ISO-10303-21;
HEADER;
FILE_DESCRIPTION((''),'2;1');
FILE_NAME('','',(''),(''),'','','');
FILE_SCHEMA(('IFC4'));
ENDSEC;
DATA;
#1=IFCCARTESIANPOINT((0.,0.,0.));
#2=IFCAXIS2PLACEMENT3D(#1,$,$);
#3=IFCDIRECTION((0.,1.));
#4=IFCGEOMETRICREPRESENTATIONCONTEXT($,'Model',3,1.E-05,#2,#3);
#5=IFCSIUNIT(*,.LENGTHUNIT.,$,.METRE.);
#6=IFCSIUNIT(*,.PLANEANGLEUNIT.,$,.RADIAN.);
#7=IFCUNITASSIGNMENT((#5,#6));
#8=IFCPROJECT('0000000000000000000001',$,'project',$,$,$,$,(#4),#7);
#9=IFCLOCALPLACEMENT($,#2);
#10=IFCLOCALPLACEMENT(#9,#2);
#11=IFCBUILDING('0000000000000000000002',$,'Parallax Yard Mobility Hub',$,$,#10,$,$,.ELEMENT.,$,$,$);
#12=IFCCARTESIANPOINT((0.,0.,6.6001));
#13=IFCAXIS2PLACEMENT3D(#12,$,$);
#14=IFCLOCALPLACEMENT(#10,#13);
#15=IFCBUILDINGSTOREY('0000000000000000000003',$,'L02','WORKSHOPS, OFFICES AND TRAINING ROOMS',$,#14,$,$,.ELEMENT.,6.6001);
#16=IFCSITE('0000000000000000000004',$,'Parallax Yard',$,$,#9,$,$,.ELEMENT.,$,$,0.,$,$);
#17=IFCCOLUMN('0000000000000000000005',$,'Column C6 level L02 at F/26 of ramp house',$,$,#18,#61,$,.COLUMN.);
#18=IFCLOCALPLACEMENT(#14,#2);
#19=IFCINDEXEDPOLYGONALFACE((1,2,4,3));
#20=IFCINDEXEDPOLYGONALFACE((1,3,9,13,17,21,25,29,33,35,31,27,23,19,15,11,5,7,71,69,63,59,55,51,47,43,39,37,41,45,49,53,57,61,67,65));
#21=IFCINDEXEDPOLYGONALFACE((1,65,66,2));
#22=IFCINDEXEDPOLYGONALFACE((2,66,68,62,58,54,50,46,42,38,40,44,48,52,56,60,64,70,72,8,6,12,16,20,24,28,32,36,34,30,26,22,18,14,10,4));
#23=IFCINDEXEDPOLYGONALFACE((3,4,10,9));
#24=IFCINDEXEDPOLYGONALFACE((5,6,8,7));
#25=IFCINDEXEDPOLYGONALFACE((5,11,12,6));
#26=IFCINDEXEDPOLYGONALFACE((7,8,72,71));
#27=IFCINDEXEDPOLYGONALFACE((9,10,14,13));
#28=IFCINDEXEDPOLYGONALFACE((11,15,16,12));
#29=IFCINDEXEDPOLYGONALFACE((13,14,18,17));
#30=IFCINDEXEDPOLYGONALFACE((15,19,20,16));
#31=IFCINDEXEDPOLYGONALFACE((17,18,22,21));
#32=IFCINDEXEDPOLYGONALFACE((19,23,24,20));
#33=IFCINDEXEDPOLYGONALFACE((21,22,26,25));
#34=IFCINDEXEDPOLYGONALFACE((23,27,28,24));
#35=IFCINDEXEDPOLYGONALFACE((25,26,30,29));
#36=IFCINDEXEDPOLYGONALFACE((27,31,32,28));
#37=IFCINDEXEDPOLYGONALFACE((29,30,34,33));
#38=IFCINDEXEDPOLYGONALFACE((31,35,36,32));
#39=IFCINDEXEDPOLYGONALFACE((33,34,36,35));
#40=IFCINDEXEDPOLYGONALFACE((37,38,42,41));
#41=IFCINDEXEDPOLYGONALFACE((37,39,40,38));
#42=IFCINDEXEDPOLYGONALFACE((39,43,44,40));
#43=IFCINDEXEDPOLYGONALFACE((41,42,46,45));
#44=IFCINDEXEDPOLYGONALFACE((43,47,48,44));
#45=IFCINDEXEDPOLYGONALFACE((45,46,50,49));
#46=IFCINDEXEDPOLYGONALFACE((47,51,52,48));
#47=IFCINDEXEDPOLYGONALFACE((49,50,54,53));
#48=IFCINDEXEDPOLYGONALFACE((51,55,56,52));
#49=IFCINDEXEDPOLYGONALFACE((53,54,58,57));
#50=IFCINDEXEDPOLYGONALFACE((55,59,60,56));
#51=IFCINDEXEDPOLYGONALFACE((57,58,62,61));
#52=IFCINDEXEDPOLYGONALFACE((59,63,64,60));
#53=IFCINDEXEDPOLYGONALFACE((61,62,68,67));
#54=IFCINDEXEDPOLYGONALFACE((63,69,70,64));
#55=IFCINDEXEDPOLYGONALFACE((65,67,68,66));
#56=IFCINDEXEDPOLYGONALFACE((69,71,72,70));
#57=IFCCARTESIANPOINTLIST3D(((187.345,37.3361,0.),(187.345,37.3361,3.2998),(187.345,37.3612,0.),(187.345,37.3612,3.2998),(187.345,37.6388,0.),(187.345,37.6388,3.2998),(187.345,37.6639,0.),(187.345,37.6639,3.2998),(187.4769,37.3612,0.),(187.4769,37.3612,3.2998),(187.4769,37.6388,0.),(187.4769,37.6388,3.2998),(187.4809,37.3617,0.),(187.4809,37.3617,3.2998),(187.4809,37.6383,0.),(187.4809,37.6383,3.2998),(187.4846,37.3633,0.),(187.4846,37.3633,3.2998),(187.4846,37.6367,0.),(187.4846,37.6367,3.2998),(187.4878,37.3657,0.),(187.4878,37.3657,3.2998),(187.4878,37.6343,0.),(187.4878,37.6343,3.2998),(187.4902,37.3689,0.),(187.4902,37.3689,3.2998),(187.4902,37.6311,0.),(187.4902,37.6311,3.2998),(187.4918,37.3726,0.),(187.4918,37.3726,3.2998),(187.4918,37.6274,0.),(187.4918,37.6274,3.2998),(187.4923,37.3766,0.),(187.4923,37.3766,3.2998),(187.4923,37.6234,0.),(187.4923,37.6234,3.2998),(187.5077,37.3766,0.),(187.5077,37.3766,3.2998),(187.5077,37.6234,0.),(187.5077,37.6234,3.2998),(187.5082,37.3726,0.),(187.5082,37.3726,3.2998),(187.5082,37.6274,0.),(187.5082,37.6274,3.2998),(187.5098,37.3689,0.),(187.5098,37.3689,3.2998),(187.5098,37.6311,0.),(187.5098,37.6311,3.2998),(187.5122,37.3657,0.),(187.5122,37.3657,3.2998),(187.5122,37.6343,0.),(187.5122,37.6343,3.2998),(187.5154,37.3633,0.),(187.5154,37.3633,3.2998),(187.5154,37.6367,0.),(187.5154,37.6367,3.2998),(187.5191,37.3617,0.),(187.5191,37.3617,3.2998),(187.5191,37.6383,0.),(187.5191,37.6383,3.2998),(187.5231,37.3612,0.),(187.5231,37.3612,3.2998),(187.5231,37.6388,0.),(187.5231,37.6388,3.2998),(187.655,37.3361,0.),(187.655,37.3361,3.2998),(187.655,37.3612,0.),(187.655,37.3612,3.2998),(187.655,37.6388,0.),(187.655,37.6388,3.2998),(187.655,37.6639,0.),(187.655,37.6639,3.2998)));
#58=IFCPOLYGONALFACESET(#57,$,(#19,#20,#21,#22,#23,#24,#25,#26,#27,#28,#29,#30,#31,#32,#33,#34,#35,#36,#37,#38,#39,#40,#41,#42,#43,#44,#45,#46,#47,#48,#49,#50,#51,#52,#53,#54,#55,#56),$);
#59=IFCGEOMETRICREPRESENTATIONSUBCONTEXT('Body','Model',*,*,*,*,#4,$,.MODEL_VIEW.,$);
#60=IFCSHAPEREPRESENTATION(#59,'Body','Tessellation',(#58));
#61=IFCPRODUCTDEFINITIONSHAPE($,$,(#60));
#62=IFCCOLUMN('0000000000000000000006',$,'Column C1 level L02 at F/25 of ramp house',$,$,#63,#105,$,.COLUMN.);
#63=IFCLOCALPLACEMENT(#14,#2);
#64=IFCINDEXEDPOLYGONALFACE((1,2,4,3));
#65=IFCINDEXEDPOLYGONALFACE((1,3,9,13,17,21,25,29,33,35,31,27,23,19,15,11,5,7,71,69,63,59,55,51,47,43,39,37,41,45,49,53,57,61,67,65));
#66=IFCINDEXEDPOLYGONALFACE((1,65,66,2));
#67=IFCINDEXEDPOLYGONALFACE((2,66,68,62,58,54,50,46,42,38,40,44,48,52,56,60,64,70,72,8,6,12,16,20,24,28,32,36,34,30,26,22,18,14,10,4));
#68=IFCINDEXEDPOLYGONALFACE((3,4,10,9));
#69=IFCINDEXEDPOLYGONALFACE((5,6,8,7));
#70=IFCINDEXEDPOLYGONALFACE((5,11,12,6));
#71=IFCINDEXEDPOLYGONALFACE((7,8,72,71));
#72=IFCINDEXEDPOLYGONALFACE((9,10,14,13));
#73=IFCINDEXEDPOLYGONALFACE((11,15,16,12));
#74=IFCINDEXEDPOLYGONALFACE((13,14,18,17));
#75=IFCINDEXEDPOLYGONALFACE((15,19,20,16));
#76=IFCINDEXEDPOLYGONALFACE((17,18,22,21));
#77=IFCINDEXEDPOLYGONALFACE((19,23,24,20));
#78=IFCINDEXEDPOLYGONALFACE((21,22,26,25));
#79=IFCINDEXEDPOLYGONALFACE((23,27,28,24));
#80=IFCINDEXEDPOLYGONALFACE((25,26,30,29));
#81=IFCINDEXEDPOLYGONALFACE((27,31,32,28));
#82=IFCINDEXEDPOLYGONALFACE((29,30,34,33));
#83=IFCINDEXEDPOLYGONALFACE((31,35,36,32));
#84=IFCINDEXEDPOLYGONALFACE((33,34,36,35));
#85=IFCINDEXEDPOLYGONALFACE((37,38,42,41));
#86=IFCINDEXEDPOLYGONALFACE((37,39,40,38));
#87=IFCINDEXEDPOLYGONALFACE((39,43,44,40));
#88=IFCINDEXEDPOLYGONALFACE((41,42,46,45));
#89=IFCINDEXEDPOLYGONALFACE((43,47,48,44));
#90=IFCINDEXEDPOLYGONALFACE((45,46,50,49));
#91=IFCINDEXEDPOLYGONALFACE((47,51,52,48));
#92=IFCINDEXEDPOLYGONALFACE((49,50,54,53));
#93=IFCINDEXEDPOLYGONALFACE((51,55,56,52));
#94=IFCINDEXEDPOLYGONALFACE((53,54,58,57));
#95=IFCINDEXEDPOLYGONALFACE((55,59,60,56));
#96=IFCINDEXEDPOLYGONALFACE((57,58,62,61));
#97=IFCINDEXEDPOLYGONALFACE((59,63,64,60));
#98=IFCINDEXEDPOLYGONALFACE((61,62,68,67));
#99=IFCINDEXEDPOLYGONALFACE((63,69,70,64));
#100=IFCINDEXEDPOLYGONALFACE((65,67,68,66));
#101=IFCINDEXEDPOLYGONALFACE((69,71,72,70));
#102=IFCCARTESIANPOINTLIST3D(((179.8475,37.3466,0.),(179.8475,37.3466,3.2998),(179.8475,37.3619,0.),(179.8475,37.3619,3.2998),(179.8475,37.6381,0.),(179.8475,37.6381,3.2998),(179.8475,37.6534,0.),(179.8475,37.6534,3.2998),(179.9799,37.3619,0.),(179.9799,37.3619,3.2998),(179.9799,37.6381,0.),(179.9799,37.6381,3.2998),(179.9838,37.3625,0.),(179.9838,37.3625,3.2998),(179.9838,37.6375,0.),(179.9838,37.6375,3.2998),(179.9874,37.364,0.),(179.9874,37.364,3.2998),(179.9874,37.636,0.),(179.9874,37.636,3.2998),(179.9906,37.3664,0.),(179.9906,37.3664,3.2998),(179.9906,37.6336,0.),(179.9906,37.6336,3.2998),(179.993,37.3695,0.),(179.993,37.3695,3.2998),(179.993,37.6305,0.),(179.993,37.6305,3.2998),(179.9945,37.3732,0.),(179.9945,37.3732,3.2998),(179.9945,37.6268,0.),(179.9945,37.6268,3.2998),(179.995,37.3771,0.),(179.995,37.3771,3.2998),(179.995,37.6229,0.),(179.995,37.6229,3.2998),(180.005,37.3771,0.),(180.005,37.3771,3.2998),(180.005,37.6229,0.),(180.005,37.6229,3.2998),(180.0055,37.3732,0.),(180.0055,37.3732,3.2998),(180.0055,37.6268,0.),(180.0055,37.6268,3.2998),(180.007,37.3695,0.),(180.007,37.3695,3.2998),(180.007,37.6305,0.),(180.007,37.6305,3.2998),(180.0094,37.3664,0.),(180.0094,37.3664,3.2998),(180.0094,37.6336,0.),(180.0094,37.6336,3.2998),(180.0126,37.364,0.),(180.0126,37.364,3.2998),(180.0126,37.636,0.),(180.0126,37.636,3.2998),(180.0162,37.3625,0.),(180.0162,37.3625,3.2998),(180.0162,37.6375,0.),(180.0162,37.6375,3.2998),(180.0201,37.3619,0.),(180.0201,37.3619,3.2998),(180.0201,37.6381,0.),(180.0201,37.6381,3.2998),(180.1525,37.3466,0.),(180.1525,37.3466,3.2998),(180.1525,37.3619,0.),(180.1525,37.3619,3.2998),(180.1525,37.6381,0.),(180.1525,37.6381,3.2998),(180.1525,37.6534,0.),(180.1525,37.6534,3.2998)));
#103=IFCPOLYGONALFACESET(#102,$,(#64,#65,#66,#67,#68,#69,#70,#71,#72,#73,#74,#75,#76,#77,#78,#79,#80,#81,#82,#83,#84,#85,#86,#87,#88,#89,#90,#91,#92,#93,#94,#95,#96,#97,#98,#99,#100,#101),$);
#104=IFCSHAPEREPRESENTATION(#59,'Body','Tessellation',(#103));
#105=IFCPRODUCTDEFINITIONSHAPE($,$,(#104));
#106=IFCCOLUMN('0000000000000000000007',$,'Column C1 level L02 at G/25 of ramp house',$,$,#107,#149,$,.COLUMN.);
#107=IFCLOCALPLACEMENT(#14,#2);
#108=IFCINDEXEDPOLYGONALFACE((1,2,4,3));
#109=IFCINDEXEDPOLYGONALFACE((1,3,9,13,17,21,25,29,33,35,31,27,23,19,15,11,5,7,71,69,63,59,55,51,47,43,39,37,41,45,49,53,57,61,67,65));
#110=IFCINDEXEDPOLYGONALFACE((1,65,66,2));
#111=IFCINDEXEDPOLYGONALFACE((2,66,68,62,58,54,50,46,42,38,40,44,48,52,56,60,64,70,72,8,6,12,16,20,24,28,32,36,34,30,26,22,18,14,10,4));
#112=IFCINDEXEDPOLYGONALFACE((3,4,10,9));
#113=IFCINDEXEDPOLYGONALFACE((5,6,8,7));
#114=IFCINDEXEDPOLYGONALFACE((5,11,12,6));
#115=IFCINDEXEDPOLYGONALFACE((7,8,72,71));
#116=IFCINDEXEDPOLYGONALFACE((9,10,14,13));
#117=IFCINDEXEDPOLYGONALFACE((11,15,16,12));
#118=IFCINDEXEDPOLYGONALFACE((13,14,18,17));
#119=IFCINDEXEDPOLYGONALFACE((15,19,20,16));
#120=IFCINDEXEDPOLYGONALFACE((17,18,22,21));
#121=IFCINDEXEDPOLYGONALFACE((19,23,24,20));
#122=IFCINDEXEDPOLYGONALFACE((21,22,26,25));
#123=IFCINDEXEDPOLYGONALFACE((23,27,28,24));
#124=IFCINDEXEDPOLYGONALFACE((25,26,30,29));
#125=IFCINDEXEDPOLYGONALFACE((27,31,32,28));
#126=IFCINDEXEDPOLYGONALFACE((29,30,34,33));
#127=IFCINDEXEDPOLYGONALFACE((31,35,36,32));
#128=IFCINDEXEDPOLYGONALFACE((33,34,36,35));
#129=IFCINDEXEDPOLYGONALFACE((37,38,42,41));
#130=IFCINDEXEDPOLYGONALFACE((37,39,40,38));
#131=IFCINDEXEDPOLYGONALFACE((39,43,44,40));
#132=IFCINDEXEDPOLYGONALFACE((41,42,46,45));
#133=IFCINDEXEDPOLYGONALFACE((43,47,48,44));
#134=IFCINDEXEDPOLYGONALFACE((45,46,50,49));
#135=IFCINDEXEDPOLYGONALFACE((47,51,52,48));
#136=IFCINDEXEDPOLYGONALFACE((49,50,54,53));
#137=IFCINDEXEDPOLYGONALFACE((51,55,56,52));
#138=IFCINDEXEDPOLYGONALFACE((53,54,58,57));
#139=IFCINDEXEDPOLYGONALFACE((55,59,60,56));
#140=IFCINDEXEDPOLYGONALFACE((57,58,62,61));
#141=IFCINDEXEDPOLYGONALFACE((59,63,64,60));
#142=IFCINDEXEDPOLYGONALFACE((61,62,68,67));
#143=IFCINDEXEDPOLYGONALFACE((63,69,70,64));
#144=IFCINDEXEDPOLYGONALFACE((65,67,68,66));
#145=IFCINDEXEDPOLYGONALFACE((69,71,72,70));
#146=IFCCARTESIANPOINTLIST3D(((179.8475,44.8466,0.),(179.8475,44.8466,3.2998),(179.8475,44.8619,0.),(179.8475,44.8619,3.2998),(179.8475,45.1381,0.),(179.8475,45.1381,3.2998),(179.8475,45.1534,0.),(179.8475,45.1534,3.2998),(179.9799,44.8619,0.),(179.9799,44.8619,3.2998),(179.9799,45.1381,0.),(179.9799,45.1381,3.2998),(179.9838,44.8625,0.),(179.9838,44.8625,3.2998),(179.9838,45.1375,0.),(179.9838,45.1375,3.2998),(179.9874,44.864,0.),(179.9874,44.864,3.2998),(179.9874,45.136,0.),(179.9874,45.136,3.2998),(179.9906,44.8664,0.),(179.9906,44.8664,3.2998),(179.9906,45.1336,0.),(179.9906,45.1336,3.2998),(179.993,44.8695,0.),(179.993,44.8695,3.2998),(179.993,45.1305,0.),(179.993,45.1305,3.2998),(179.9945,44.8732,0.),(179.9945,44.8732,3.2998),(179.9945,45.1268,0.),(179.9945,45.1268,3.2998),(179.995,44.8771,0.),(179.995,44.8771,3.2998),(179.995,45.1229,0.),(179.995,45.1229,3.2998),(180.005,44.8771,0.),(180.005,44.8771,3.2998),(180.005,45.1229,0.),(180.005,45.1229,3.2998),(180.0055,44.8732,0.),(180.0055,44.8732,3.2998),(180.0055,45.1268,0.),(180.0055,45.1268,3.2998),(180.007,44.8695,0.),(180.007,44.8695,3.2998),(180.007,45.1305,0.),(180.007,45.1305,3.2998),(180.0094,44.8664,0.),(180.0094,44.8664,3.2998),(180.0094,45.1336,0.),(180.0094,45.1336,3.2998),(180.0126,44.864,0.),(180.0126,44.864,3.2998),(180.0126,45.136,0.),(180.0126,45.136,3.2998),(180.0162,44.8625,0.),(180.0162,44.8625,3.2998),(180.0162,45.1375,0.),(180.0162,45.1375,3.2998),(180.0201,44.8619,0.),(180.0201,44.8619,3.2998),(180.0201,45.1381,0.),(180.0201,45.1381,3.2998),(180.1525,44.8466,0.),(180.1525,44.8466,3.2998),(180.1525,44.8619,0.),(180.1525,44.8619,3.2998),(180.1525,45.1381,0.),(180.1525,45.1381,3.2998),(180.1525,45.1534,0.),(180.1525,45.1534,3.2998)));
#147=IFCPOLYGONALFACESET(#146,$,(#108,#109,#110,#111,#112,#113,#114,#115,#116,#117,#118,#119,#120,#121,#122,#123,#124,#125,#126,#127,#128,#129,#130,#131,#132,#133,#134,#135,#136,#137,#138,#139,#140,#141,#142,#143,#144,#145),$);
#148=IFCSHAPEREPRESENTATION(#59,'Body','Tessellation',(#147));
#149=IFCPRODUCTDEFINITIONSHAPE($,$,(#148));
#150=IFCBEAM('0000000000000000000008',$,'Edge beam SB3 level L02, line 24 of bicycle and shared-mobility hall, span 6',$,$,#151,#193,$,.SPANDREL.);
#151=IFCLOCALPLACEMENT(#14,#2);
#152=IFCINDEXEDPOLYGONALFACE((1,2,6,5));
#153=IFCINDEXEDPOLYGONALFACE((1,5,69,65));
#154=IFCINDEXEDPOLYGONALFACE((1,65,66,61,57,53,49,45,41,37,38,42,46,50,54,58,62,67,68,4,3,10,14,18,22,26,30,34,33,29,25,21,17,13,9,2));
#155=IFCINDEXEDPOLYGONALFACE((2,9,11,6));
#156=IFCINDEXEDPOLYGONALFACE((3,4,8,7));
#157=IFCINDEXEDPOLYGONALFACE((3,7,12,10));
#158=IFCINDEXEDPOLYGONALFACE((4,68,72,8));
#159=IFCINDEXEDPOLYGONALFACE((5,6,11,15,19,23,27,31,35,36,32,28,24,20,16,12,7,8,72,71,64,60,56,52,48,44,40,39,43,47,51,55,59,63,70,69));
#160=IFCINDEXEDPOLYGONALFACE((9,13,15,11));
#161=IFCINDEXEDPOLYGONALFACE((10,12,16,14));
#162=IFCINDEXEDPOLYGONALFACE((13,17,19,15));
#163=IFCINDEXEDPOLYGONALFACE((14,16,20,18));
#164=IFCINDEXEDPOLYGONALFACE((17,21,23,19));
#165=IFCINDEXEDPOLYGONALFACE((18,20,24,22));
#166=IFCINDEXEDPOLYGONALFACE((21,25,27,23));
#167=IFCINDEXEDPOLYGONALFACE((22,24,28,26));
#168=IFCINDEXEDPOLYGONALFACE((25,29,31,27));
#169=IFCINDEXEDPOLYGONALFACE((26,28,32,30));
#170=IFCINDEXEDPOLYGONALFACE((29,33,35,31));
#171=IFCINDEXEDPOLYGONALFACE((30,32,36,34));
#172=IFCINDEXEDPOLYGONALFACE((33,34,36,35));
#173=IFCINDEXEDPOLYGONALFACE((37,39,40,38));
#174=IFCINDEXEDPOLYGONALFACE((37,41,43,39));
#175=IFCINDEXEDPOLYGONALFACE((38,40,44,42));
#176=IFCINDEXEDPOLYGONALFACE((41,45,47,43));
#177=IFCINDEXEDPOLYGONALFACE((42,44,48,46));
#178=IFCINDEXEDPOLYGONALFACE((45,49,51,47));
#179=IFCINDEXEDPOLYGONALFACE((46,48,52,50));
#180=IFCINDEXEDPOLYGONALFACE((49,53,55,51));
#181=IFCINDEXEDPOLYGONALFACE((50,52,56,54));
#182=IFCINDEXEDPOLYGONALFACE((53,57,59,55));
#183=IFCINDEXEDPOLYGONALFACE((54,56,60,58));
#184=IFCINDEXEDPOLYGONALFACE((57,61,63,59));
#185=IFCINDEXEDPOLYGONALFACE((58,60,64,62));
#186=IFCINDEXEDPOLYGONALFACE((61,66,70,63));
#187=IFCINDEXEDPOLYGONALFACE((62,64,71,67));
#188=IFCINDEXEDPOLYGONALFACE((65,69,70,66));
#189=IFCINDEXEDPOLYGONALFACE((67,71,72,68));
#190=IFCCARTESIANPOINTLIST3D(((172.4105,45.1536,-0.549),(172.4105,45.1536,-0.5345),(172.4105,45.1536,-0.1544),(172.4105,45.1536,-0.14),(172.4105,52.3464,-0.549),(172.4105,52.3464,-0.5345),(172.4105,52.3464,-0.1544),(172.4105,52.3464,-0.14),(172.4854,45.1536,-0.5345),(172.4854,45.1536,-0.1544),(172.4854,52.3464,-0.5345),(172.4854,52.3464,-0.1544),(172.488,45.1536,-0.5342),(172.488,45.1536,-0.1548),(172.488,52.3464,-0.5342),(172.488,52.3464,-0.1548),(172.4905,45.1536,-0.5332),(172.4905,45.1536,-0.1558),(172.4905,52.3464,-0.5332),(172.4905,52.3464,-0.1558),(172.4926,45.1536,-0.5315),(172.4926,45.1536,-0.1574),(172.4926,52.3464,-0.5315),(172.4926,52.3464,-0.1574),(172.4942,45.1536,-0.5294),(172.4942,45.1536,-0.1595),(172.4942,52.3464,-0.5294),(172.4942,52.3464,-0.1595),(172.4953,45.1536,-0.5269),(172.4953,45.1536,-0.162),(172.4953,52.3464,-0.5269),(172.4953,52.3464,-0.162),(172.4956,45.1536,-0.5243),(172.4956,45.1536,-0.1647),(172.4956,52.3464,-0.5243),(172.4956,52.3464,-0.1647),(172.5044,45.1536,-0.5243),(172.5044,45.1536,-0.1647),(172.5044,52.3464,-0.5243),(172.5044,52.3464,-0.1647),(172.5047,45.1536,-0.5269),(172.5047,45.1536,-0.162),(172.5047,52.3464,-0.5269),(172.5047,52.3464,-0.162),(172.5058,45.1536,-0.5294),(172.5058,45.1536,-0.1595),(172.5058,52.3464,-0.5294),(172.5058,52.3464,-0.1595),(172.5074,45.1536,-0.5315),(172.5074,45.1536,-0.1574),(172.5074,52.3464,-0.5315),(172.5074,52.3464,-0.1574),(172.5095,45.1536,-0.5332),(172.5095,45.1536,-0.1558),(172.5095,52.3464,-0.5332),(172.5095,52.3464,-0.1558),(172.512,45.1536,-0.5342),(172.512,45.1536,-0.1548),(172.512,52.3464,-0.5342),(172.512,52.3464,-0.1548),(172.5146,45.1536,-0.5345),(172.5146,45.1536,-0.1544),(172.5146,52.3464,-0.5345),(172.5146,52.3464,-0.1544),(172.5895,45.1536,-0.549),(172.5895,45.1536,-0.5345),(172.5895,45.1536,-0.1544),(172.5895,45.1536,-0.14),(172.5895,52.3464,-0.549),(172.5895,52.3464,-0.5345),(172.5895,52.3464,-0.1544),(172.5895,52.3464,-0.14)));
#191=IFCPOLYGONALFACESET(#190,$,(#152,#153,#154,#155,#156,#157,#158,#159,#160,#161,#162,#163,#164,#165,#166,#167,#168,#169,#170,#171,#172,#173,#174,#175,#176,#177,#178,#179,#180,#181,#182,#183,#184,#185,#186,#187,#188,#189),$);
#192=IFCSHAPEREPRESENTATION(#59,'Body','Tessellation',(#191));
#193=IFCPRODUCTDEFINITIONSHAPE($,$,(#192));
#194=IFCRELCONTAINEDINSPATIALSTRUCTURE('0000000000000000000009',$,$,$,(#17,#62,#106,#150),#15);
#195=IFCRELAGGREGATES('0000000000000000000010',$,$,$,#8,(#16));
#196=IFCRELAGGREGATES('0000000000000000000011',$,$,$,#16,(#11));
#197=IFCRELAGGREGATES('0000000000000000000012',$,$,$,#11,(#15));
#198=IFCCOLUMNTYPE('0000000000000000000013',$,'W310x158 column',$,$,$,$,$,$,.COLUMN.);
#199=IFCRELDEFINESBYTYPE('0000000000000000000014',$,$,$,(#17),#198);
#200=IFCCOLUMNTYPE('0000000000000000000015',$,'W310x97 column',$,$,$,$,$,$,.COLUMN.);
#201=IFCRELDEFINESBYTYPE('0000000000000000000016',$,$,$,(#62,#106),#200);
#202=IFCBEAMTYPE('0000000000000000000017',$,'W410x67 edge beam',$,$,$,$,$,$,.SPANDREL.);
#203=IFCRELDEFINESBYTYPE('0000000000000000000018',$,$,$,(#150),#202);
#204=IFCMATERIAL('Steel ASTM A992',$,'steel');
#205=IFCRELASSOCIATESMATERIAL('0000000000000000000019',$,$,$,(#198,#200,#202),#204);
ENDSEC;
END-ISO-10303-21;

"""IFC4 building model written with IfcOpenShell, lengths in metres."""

from ifc_helpers import new_model, si_unit, direction, frame, origin, origin_2d, place, context, subcontext, project, spatial, i_section, extrude, material, material_profile, profile_set, type_object, element, save


model = new_model("IFC4")

# Units and contexts
model_context = context("Model", 3, precision=1e-05, world=origin(), true_north=direction((0.0, 1.0)))
body_context = subcontext(model_context, "Body", "Model", "MODEL_VIEW")
ifc_project = project(units=[si_unit("LENGTHUNIT", "METRE"), si_unit("PLANEANGLEUNIT", "RADIAN")], contexts=[model_context])

# Site, building, storey
site_placement = place(None, origin())
site = spatial("IfcSite", under=ifc_project, at=site_placement, Name="Parallax Yard", CompositionType="ELEMENT", RefElevation=0.0)
building_placement = place(site_placement, origin())
building = spatial("IfcBuilding", under=site, at=building_placement, Name="Parallax Yard Mobility Hub", CompositionType="ELEMENT")
storey_placement = place(building_placement, frame((0.0, 0.0, 6.6001)))
storey = spatial("IfcBuildingStorey", under=building, at=storey_placement, Name="L02", Description="WORKSHOPS, OFFICES AND TRAINING ROOMS", CompositionType="ELEMENT", Elevation=6.6001)

# Columns
ifc_material_1 = material(Name="Steel ASTM A992", Category="steel")
ifc_material_profile_1 = material_profile(ifc_material_1, i_section(OverallWidth=0.3101, OverallDepth=0.3279, WebThickness=0.0154, FlangeThickness=0.0251, FilletRadius=0.0154, at=origin_2d()), Name="W310x158")
ifc_profile_set_1 = profile_set([ifc_material_profile_1], Name="Steel ASTM A992")
column_type_1 = type_object("IfcColumnType", Name="W310x158 column", PredefinedType="COLUMN", material=ifc_profile_set_1)
column_placement = place(storey_placement, frame((187.5, 37.5, 0.0), z_axis=(0.0, 0.0, 1.0), x_axis=(1.0, 0.0, 0.0)))
element("IfcColumn", 1, at=column_placement, inside=storey, type_object=column_type_1, Name="Column C6 level L02 at F/26 of ramp house", PredefinedType="COLUMN", context=body_context, shape_type="SweptSolid", body=[
    extrude(i_section(OverallWidth=0.3101, OverallDepth=0.3279, WebThickness=0.0154, FlangeThickness=0.0251, FilletRadius=0.0154, at=origin_2d()), origin(), (0.0, 0.0, 1.0), 3.2998),
])
ifc_material_profile_2 = material_profile(ifc_material_1, i_section(OverallWidth=0.3049, OverallDepth=0.3069, WebThickness=0.01, FlangeThickness=0.0154, FilletRadius=0.0151, at=origin_2d()), Name="W310x97")
ifc_profile_set_2 = profile_set([ifc_material_profile_2], Name="Steel ASTM A992")
column_type_2 = type_object("IfcColumnType", Name="W310x97 column", PredefinedType="COLUMN", material=ifc_profile_set_2)
for number, where, z_axis, x_axis, name in (
    (2, (180.0, 37.5, 0.0), (0.0, 0.0, 1.0), (1.0, 0.0, 0.0), "Column C1 level L02 at F/25 of ramp house"),
    (3, (180.0, 45.0, 0.0), (0.0, 0.0, 1.0), (1.0, 0.0, 0.0), "Column C1 level L02 at G/25 of ramp house"),
):
    element("IfcColumn", number, at=place(storey_placement, frame(where, z_axis=z_axis, x_axis=x_axis)), inside=storey, type_object=column_type_2, Name=name, PredefinedType="COLUMN", context=body_context, shape_type="SweptSolid", body=[
        extrude(i_section(OverallWidth=0.3049, OverallDepth=0.3069, WebThickness=0.01, FlangeThickness=0.0154, FilletRadius=0.0151, at=origin_2d()), origin(), (0.0, 0.0, 1.0), 3.2998),
    ])

# Beam
ifc_material_profile_3 = material_profile(ifc_material_1, i_section(OverallWidth=0.179, OverallDepth=0.4089, WebThickness=0.0088, FlangeThickness=0.0144, FilletRadius=0.0103, at=origin_2d()), Name="W410x67")
ifc_profile_set_3 = profile_set([ifc_material_profile_3], Name="Steel ASTM A992")
beam_type_1 = type_object("IfcBeamType", Name="W410x67 edge beam", PredefinedType="SPANDREL", material=ifc_profile_set_3)
beam_1_placement = place(storey_placement, frame((172.5, 45.1536, -0.3445), z_axis=(0.0, 1.0, 0.0), x_axis=(-1.0, 0.0, 0.0)))
element("IfcBeam", 4, at=beam_1_placement, inside=storey, type_object=beam_type_1, Name="Edge beam SB3 level L02, line 24 of bicycle and shared-mobility hall, span 6", PredefinedType="SPANDREL", context=body_context, shape_type="SweptSolid", body=[
    extrude(i_section(OverallWidth=0.179, OverallDepth=0.4089, WebThickness=0.0088, FlangeThickness=0.0144, FilletRadius=0.0103, at=origin_2d()), origin(), (0.0, 0.0, 1.0), 7.1929),
])

save(model, "model.ifc")
